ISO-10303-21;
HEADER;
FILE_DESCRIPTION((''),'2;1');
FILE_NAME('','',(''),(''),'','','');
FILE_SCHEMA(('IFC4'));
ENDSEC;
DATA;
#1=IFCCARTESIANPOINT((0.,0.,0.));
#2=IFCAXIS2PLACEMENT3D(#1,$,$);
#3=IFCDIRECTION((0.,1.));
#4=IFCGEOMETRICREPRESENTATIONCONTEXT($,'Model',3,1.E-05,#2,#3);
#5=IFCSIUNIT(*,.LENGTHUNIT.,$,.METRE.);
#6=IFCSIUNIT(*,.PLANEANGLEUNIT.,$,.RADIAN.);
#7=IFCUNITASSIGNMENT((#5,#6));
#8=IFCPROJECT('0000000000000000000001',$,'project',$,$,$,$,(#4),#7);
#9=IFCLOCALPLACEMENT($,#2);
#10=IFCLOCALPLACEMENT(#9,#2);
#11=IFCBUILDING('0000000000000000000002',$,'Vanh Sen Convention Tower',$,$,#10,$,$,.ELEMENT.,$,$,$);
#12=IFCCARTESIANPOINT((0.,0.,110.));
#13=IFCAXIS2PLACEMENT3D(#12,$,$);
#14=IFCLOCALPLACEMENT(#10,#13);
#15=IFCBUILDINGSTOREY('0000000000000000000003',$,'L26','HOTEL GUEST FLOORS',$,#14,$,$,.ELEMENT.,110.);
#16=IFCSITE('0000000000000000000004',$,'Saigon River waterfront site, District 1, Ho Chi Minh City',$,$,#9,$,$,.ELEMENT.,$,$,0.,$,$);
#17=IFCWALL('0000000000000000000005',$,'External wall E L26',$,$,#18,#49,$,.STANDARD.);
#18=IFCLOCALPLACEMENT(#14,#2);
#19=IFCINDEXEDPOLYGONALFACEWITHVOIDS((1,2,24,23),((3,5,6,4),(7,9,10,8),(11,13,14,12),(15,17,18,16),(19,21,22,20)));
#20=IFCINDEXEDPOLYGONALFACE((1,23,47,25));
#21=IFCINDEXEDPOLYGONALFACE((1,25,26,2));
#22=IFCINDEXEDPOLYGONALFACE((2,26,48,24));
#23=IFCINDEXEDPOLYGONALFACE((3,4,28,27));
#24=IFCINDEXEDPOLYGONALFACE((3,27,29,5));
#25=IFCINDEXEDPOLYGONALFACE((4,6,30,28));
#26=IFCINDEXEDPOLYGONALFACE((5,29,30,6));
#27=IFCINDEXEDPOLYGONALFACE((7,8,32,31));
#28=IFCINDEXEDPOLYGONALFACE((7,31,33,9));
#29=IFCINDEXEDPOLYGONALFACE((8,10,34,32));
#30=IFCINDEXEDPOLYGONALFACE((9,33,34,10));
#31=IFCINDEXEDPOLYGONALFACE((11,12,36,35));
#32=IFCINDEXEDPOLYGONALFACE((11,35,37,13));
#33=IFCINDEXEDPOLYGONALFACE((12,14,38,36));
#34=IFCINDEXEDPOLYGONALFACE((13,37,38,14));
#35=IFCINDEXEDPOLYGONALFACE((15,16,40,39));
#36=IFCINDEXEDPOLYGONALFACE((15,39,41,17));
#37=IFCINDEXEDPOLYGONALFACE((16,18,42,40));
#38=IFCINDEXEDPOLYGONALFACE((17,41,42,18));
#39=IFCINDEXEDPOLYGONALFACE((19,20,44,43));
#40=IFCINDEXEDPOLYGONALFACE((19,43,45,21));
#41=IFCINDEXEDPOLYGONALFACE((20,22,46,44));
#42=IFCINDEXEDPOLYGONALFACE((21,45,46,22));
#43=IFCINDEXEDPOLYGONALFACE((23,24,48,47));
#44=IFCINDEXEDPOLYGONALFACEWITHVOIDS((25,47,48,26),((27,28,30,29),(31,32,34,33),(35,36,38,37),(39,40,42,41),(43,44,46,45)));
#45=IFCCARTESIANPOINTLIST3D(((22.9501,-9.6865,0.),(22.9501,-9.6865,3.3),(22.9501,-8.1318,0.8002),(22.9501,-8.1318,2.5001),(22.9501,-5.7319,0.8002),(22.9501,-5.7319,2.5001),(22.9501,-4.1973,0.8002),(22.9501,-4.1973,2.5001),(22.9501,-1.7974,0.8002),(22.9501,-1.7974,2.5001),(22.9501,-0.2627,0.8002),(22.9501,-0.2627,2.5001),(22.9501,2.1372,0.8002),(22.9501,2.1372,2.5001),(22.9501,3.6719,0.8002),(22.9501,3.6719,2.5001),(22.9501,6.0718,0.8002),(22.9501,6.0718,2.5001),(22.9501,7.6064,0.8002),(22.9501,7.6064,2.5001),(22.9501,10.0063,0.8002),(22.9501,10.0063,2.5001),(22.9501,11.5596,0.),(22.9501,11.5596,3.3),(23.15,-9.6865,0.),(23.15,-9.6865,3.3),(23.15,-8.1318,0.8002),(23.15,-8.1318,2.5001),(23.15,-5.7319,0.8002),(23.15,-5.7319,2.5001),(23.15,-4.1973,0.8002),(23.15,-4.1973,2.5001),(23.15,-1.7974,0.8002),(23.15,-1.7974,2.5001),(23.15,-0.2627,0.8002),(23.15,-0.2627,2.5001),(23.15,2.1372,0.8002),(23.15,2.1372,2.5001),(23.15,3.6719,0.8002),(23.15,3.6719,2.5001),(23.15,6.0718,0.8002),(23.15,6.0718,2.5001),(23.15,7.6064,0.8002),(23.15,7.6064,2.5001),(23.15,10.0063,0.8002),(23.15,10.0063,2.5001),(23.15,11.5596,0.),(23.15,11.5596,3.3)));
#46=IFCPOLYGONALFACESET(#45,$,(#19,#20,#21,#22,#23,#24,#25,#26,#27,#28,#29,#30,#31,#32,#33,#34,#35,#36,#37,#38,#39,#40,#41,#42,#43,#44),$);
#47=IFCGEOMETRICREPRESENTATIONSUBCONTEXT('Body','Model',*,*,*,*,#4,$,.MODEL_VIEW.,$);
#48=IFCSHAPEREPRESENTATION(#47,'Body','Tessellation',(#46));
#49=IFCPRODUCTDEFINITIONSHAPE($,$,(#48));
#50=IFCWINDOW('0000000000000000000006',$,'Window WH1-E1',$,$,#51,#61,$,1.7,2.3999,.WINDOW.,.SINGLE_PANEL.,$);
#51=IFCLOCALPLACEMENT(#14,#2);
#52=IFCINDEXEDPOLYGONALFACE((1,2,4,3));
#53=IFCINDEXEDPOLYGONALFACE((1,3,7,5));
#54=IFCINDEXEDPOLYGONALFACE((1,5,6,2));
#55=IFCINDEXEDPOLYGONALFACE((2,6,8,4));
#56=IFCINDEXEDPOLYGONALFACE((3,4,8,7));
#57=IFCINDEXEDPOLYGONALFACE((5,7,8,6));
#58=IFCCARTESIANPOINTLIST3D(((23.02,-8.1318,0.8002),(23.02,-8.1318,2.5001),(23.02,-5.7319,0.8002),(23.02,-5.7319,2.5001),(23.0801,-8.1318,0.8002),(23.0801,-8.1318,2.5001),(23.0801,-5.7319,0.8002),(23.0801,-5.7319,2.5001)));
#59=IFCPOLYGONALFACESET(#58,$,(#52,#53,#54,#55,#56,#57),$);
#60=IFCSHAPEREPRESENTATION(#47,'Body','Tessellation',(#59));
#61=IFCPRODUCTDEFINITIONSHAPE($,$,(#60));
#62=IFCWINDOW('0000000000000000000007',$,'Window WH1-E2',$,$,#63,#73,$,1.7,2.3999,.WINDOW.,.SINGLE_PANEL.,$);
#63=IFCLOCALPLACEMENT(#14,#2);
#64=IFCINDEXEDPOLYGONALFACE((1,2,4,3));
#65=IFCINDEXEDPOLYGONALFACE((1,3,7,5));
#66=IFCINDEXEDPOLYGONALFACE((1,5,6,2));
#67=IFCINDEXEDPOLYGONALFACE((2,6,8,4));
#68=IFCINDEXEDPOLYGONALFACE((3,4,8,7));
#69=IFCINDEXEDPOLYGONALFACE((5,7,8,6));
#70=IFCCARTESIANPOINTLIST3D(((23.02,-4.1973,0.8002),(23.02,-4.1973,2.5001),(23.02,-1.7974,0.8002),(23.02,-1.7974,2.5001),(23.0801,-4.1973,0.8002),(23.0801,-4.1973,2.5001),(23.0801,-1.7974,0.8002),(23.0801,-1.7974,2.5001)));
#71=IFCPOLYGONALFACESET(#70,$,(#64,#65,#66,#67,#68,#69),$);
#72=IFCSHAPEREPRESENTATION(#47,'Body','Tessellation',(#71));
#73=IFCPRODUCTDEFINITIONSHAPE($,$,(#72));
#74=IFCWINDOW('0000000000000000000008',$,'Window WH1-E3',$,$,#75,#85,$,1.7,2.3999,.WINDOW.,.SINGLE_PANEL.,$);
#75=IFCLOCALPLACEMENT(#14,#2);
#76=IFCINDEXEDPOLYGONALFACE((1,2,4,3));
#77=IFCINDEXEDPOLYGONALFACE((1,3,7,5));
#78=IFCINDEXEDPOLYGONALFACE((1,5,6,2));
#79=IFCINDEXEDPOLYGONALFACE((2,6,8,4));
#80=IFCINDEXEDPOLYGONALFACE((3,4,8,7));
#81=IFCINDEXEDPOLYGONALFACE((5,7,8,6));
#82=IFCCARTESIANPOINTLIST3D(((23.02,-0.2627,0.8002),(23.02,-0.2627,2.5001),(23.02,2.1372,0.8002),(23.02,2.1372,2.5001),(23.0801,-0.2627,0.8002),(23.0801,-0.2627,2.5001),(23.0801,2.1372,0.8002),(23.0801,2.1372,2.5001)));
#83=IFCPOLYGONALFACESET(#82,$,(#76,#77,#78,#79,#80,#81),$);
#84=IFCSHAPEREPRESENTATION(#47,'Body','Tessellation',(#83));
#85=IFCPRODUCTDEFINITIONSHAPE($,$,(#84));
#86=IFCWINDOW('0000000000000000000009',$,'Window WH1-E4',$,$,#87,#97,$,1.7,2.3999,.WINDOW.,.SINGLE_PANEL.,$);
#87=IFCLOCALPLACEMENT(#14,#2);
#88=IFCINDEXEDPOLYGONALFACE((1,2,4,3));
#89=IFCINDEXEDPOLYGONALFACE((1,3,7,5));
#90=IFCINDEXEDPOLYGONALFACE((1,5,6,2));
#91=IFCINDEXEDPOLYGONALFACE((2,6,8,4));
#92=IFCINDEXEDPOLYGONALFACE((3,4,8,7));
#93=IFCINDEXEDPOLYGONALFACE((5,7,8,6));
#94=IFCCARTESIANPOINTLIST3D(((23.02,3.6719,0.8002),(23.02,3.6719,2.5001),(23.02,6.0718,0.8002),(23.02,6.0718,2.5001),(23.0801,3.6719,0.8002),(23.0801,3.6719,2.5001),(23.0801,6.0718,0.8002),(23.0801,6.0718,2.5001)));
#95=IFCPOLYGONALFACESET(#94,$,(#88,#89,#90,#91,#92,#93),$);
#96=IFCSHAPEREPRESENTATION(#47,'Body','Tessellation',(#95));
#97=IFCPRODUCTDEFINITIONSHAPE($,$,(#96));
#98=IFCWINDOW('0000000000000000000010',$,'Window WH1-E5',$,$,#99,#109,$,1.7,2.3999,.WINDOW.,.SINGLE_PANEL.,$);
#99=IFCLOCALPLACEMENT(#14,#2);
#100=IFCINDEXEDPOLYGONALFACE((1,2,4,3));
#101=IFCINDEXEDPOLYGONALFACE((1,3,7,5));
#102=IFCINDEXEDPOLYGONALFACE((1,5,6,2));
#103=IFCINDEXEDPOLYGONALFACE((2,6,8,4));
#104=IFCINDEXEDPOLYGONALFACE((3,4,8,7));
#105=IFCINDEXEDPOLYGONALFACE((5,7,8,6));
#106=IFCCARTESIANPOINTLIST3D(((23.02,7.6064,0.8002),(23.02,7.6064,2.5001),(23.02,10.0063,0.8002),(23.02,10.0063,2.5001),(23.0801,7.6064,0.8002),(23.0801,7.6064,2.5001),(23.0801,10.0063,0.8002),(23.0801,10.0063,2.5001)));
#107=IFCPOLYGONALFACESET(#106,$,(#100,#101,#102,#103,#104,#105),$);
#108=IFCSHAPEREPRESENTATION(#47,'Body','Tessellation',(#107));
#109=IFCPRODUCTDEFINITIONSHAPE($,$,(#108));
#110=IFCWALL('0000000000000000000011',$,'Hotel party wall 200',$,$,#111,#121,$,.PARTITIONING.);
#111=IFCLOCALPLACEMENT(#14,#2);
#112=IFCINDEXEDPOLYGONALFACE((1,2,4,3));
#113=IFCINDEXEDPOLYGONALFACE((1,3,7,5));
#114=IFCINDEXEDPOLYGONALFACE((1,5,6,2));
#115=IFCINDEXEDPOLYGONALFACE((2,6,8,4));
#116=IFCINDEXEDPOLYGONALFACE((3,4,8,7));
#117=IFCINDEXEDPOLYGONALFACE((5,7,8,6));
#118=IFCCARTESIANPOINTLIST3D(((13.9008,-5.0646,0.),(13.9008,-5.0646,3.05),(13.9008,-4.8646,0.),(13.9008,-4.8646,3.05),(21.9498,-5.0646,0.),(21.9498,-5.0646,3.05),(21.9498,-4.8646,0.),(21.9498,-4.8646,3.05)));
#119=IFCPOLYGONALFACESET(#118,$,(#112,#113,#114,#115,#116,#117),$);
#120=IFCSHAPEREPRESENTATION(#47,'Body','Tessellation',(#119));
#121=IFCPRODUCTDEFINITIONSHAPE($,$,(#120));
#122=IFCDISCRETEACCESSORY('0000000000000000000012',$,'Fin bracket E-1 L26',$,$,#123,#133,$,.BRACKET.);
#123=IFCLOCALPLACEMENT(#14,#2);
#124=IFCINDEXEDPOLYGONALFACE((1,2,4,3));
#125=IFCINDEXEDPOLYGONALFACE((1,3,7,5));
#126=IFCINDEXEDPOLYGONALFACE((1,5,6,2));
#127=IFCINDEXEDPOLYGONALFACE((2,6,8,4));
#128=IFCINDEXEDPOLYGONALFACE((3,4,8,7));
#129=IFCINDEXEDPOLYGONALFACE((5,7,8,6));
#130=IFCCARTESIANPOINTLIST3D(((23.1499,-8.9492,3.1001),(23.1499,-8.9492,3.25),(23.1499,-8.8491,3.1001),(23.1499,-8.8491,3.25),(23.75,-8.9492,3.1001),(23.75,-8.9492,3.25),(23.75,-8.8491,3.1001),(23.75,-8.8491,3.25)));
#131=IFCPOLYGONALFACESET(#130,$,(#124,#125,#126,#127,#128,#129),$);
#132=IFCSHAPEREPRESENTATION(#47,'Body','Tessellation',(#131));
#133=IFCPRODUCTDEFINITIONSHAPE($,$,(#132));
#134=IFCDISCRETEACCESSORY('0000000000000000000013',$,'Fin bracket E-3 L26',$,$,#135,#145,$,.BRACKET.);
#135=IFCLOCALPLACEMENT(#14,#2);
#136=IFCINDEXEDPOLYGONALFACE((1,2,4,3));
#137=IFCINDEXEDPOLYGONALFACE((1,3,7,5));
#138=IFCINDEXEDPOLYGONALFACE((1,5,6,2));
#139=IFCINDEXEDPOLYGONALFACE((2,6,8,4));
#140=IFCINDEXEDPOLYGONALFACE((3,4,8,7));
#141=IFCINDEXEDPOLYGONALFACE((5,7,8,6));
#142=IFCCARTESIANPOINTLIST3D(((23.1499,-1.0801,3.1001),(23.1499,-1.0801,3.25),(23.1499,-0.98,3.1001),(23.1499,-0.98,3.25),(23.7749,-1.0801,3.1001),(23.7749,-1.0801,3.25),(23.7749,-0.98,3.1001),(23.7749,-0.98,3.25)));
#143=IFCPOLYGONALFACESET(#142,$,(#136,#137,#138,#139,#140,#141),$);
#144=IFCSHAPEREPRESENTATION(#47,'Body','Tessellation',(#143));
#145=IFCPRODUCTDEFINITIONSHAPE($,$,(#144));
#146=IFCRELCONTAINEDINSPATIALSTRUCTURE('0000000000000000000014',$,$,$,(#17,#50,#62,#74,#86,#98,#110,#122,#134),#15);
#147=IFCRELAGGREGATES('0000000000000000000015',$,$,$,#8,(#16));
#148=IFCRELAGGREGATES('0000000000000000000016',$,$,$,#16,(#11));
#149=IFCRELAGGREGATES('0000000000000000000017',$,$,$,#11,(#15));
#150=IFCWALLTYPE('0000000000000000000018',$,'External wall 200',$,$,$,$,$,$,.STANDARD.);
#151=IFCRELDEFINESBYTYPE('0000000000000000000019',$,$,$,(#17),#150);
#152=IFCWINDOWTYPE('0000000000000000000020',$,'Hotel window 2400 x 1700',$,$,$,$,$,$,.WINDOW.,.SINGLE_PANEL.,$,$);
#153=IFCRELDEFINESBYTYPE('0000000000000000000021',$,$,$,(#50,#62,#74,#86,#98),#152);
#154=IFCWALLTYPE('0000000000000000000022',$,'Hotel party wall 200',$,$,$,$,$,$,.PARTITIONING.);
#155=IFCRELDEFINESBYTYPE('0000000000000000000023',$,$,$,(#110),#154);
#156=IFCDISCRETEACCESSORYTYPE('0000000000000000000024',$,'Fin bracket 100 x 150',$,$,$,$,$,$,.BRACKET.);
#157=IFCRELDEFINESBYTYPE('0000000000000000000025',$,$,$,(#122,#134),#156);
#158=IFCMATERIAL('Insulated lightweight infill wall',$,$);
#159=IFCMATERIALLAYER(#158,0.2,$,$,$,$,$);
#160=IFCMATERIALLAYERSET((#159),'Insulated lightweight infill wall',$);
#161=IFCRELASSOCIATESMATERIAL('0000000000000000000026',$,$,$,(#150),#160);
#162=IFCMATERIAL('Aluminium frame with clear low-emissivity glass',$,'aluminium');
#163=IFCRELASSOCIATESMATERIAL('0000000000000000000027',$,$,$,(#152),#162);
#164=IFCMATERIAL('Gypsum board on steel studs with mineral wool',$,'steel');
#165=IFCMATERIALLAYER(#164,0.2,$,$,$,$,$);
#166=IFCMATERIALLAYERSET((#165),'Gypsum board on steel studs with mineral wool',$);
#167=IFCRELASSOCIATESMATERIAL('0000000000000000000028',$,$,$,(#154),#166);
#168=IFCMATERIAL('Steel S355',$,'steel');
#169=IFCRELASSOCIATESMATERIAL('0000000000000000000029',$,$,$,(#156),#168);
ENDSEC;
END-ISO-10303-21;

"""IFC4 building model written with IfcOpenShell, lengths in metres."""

from ifc_helpers import new_model, si_unit, direction, frame, frame_2d, origin, origin_2d, place, context, subcontext, project, spatial, rectangle, extrude, material, layer, layer_set, type_object, element, fill, save


model = new_model("IFC4")

# Units and contexts
model_context = context("Model", 3, precision=1e-05, world=origin(), true_north=direction((0.0, 1.0)))
body_context = subcontext(model_context, "Body", "Model", "MODEL_VIEW")
ifc_project = project(units=[si_unit("LENGTHUNIT", "METRE"), si_unit("PLANEANGLEUNIT", "RADIAN")], contexts=[model_context])

# Site, building, storey
site_placement = place(None, origin())
site = spatial("IfcSite", under=ifc_project, at=site_placement, Name="Saigon River waterfront site, District 1, Ho Chi Minh City", CompositionType="ELEMENT", RefElevation=0.0)
building_placement = place(site_placement, origin())
building = spatial("IfcBuilding", under=site, at=building_placement, Name="Vanh Sen Convention Tower", CompositionType="ELEMENT")
storey_placement = place(building_placement, frame((0.0, 0.0, 110.0)))
storey = spatial("IfcBuildingStorey", under=building, at=storey_placement, Name="L26", Description="HOTEL GUEST FLOORS", CompositionType="ELEMENT", Elevation=110.0)

# Shared definitions
ifc_material_1 = material(Name="Gypsum board on steel studs with mineral wool", Category="steel")

# Wall, openings, windows
ifc_material_2 = material(Name="Insulated lightweight infill wall")
ifc_layer_1 = layer(ifc_material_2, 0.2)
ifc_layer_set_1 = layer_set([ifc_layer_1], Name="Insulated lightweight infill wall")
wall_type_1 = type_object("IfcWallType", Name="External wall 200", PredefinedType="STANDARD", material=ifc_layer_set_1)
wall_1_placement = place(storey_placement, frame((23.05, -9.6865, 0.0), z_axis=(0.0, 0.0, 1.0), x_axis=(0.0, 1.0, 0.0)))
wall_1 = element("IfcWall", 1, at=wall_1_placement, inside=storey, type_object=wall_type_1, Name="External wall E L26", PredefinedType="STANDARD", context=body_context, shape_type="SweptSolid", body=[
    extrude(rectangle(XDim=21.2461, YDim=0.2, at=frame_2d((10.623, 0.0))), origin(), (0.0, 0.0, 1.0), 3.3),
])
opening_1_placement = place(wall_1_placement, frame((1.5547, 0.0, 0.8)))
opening_1 = element("IfcOpeningElement", 2, at=opening_1_placement, cuts=wall_1, PredefinedType="OPENING", context=body_context, shape_type="SweptSolid", body=[
    extrude(rectangle(XDim=2.3999, YDim=1.7, at=frame_2d((1.2, 0.8501))), frame((0.0, 0.1099, 0.0), z_axis=(0.0, -1.0, 0.0), x_axis=(1.0, 0.0, 0.0)), (0.0, 0.0, 1.0), 0.22),
])
opening_2_placement = place(wall_1_placement, frame((5.4893, 0.0, 0.8)))
opening_2 = element("IfcOpeningElement", 3, at=opening_2_placement, cuts=wall_1, PredefinedType="OPENING", context=body_context, shape_type="SweptSolid", body=[
    extrude(rectangle(XDim=2.3999, YDim=1.7, at=frame_2d((1.2, 0.8501))), frame((0.0, 0.1099, 0.0), z_axis=(0.0, -1.0, 0.0), x_axis=(1.0, 0.0, 0.0)), (0.0, 0.0, 1.0), 0.22),
])
opening_3_placement = place(wall_1_placement, frame((9.4238, 0.0, 0.8)))
opening_3 = element("IfcOpeningElement", 4, at=opening_3_placement, cuts=wall_1, PredefinedType="OPENING", context=body_context, shape_type="SweptSolid", body=[
    extrude(rectangle(XDim=2.3999, YDim=1.7, at=frame_2d((1.2, 0.8501))), frame((0.0, 0.1099, 0.0), z_axis=(0.0, -1.0, 0.0), x_axis=(1.0, 0.0, 0.0)), (0.0, 0.0, 1.0), 0.22),
])
opening_4_placement = place(wall_1_placement, frame((13.3584, 0.0, 0.8)))
opening_4 = element("IfcOpeningElement", 5, at=opening_4_placement, cuts=wall_1, PredefinedType="OPENING", context=body_context, shape_type="SweptSolid", body=[
    extrude(rectangle(XDim=2.3999, YDim=1.7, at=frame_2d((1.2, 0.8501))), frame((0.0, 0.1099, 0.0), z_axis=(0.0, -1.0, 0.0), x_axis=(1.0, 0.0, 0.0)), (0.0, 0.0, 1.0), 0.22),
])
opening_5_placement = place(wall_1_placement, frame((17.293, 0.0, 0.8)))
opening_5 = element("IfcOpeningElement", 6, at=opening_5_placement, cuts=wall_1, PredefinedType="OPENING", context=body_context, shape_type="SweptSolid", body=[
    extrude(rectangle(XDim=2.3999, YDim=1.7, at=frame_2d((1.2, 0.8501))), frame((0.0, 0.1099, 0.0), z_axis=(0.0, -1.0, 0.0), x_axis=(1.0, 0.0, 0.0)), (0.0, 0.0, 1.0), 0.22),
])
ifc_material_3 = material(Name="Aluminium frame with clear low-emissivity glass", Category="aluminium")
window_type = type_object("IfcWindowType", Name="Hotel window 2400 x 1700", PartitioningType="SINGLE_PANEL", PredefinedType="WINDOW", material=ifc_material_3)
window_1_placement = place(opening_1_placement, origin())
window_1 = element("IfcWindow", 7, at=window_1_placement, inside=storey, type_object=window_type, Name="Window WH1-E1", OverallHeight=1.7, OverallWidth=2.3999, PartitioningType="SINGLE_PANEL", PredefinedType="WINDOW", context=body_context, shape_type="SweptSolid", body=[
    extrude(rectangle(XDim=2.3999, YDim=1.7, at=frame_2d((1.2, 0.8501))), frame((0.0, 0.03, 0.0), z_axis=(0.0, -1.0, 0.0), x_axis=(1.0, 0.0, 0.0)), (0.0, 0.0, 1.0), 0.0601),
])
fill(opening_1, window_1)
window_2_placement = place(opening_2_placement, origin())
window_2 = element("IfcWindow", 8, at=window_2_placement, inside=storey, type_object=window_type, Name="Window WH1-E2", OverallHeight=1.7, OverallWidth=2.3999, PartitioningType="SINGLE_PANEL", PredefinedType="WINDOW", context=body_context, shape_type="SweptSolid", body=[
    extrude(rectangle(XDim=2.3999, YDim=1.7, at=frame_2d((1.2, 0.8501))), frame((0.0, 0.03, 0.0), z_axis=(0.0, -1.0, 0.0), x_axis=(1.0, 0.0, 0.0)), (0.0, 0.0, 1.0), 0.0601),
])
fill(opening_2, window_2)
window_3_placement = place(opening_3_placement, origin())
window_3 = element("IfcWindow", 9, at=window_3_placement, inside=storey, type_object=window_type, Name="Window WH1-E3", OverallHeight=1.7, OverallWidth=2.3999, PartitioningType="SINGLE_PANEL", PredefinedType="WINDOW", context=body_context, shape_type="SweptSolid", body=[
    extrude(rectangle(XDim=2.3999, YDim=1.7, at=frame_2d((1.2, 0.8501))), frame((0.0, 0.03, 0.0), z_axis=(0.0, -1.0, 0.0), x_axis=(1.0, 0.0, 0.0)), (0.0, 0.0, 1.0), 0.0601),
])
fill(opening_3, window_3)
window_4_placement = place(opening_4_placement, origin())
window_4 = element("IfcWindow", 10, at=window_4_placement, inside=storey, type_object=window_type, Name="Window WH1-E4", OverallHeight=1.7, OverallWidth=2.3999, PartitioningType="SINGLE_PANEL", PredefinedType="WINDOW", context=body_context, shape_type="SweptSolid", body=[
    extrude(rectangle(XDim=2.3999, YDim=1.7, at=frame_2d((1.2, 0.8501))), frame((0.0, 0.03, 0.0), z_axis=(0.0, -1.0, 0.0), x_axis=(1.0, 0.0, 0.0)), (0.0, 0.0, 1.0), 0.0601),
])
fill(opening_4, window_4)
window_5_placement = place(opening_5_placement, origin())
window_5 = element("IfcWindow", 11, at=window_5_placement, inside=storey, type_object=window_type, Name="Window WH1-E5", OverallHeight=1.7, OverallWidth=2.3999, PartitioningType="SINGLE_PANEL", PredefinedType="WINDOW", context=body_context, shape_type="SweptSolid", body=[
    extrude(rectangle(XDim=2.3999, YDim=1.7, at=frame_2d((1.2, 0.8501))), frame((0.0, 0.03, 0.0), z_axis=(0.0, -1.0, 0.0), x_axis=(1.0, 0.0, 0.0)), (0.0, 0.0, 1.0), 0.0601),
])
fill(opening_5, window_5)

# Wall
ifc_layer_2 = layer(ifc_material_1, 0.2)
ifc_layer_set_2 = layer_set([ifc_layer_2], Name="Gypsum board on steel studs with mineral wool")
wall_type_2 = type_object("IfcWallType", Name="Hotel party wall 200", PredefinedType="PARTITIONING", material=ifc_layer_set_2)
wall_2_placement = place(storey_placement, frame((13.9009, -4.9646, 0.0), z_axis=(0.0, 0.0, 1.0), x_axis=(1.0, 0.0, 0.0)))
element("IfcWall", 12, at=wall_2_placement, inside=storey, type_object=wall_type_2, Name="Hotel party wall 200", PredefinedType="PARTITIONING", context=body_context, shape_type="SweptSolid", body=[
    extrude(rectangle(XDim=8.0491, YDim=0.2, at=frame_2d((4.0244, 0.0))), origin(), (0.0, 0.0, 1.0), 3.05),
])

# Discrete accessories
ifc_material_4 = material(Name="Steel S355", Category="steel")
discrete_accessory_type = type_object("IfcDiscreteAccessoryType", Name="Fin bracket 100 x 150", PredefinedType="BRACKET", material=ifc_material_4)
discrete_accessory_1_placement = place(storey_placement, frame((23.45, -8.8992, 3.1001), z_axis=(0.0, 0.0, 1.0), x_axis=(1.0, 0.0, 0.0)))
element("IfcDiscreteAccessory", 13, at=discrete_accessory_1_placement, inside=storey, type_object=discrete_accessory_type, Name="Fin bracket E-1 L26", PredefinedType="BRACKET", context=body_context, shape_type="SweptSolid", body=[
    extrude(rectangle(XDim=0.6001, YDim=0.1001, at=origin_2d()), origin(), (0.0, 0.0, 1.0), 0.1499),
])
discrete_accessory_2_placement = place(storey_placement, frame((23.4624, -1.03, 3.1001), z_axis=(0.0, 0.0, 1.0), x_axis=(1.0, 0.0, 0.0)))
element("IfcDiscreteAccessory", 14, at=discrete_accessory_2_placement, inside=storey, type_object=discrete_accessory_type, Name="Fin bracket E-3 L26", PredefinedType="BRACKET", context=body_context, shape_type="SweptSolid", body=[
    extrude(rectangle(XDim=0.625, YDim=0.1001, at=origin_2d()), origin(), (0.0, 0.0, 1.0), 0.1499),
])

save(model, "model.ifc")
